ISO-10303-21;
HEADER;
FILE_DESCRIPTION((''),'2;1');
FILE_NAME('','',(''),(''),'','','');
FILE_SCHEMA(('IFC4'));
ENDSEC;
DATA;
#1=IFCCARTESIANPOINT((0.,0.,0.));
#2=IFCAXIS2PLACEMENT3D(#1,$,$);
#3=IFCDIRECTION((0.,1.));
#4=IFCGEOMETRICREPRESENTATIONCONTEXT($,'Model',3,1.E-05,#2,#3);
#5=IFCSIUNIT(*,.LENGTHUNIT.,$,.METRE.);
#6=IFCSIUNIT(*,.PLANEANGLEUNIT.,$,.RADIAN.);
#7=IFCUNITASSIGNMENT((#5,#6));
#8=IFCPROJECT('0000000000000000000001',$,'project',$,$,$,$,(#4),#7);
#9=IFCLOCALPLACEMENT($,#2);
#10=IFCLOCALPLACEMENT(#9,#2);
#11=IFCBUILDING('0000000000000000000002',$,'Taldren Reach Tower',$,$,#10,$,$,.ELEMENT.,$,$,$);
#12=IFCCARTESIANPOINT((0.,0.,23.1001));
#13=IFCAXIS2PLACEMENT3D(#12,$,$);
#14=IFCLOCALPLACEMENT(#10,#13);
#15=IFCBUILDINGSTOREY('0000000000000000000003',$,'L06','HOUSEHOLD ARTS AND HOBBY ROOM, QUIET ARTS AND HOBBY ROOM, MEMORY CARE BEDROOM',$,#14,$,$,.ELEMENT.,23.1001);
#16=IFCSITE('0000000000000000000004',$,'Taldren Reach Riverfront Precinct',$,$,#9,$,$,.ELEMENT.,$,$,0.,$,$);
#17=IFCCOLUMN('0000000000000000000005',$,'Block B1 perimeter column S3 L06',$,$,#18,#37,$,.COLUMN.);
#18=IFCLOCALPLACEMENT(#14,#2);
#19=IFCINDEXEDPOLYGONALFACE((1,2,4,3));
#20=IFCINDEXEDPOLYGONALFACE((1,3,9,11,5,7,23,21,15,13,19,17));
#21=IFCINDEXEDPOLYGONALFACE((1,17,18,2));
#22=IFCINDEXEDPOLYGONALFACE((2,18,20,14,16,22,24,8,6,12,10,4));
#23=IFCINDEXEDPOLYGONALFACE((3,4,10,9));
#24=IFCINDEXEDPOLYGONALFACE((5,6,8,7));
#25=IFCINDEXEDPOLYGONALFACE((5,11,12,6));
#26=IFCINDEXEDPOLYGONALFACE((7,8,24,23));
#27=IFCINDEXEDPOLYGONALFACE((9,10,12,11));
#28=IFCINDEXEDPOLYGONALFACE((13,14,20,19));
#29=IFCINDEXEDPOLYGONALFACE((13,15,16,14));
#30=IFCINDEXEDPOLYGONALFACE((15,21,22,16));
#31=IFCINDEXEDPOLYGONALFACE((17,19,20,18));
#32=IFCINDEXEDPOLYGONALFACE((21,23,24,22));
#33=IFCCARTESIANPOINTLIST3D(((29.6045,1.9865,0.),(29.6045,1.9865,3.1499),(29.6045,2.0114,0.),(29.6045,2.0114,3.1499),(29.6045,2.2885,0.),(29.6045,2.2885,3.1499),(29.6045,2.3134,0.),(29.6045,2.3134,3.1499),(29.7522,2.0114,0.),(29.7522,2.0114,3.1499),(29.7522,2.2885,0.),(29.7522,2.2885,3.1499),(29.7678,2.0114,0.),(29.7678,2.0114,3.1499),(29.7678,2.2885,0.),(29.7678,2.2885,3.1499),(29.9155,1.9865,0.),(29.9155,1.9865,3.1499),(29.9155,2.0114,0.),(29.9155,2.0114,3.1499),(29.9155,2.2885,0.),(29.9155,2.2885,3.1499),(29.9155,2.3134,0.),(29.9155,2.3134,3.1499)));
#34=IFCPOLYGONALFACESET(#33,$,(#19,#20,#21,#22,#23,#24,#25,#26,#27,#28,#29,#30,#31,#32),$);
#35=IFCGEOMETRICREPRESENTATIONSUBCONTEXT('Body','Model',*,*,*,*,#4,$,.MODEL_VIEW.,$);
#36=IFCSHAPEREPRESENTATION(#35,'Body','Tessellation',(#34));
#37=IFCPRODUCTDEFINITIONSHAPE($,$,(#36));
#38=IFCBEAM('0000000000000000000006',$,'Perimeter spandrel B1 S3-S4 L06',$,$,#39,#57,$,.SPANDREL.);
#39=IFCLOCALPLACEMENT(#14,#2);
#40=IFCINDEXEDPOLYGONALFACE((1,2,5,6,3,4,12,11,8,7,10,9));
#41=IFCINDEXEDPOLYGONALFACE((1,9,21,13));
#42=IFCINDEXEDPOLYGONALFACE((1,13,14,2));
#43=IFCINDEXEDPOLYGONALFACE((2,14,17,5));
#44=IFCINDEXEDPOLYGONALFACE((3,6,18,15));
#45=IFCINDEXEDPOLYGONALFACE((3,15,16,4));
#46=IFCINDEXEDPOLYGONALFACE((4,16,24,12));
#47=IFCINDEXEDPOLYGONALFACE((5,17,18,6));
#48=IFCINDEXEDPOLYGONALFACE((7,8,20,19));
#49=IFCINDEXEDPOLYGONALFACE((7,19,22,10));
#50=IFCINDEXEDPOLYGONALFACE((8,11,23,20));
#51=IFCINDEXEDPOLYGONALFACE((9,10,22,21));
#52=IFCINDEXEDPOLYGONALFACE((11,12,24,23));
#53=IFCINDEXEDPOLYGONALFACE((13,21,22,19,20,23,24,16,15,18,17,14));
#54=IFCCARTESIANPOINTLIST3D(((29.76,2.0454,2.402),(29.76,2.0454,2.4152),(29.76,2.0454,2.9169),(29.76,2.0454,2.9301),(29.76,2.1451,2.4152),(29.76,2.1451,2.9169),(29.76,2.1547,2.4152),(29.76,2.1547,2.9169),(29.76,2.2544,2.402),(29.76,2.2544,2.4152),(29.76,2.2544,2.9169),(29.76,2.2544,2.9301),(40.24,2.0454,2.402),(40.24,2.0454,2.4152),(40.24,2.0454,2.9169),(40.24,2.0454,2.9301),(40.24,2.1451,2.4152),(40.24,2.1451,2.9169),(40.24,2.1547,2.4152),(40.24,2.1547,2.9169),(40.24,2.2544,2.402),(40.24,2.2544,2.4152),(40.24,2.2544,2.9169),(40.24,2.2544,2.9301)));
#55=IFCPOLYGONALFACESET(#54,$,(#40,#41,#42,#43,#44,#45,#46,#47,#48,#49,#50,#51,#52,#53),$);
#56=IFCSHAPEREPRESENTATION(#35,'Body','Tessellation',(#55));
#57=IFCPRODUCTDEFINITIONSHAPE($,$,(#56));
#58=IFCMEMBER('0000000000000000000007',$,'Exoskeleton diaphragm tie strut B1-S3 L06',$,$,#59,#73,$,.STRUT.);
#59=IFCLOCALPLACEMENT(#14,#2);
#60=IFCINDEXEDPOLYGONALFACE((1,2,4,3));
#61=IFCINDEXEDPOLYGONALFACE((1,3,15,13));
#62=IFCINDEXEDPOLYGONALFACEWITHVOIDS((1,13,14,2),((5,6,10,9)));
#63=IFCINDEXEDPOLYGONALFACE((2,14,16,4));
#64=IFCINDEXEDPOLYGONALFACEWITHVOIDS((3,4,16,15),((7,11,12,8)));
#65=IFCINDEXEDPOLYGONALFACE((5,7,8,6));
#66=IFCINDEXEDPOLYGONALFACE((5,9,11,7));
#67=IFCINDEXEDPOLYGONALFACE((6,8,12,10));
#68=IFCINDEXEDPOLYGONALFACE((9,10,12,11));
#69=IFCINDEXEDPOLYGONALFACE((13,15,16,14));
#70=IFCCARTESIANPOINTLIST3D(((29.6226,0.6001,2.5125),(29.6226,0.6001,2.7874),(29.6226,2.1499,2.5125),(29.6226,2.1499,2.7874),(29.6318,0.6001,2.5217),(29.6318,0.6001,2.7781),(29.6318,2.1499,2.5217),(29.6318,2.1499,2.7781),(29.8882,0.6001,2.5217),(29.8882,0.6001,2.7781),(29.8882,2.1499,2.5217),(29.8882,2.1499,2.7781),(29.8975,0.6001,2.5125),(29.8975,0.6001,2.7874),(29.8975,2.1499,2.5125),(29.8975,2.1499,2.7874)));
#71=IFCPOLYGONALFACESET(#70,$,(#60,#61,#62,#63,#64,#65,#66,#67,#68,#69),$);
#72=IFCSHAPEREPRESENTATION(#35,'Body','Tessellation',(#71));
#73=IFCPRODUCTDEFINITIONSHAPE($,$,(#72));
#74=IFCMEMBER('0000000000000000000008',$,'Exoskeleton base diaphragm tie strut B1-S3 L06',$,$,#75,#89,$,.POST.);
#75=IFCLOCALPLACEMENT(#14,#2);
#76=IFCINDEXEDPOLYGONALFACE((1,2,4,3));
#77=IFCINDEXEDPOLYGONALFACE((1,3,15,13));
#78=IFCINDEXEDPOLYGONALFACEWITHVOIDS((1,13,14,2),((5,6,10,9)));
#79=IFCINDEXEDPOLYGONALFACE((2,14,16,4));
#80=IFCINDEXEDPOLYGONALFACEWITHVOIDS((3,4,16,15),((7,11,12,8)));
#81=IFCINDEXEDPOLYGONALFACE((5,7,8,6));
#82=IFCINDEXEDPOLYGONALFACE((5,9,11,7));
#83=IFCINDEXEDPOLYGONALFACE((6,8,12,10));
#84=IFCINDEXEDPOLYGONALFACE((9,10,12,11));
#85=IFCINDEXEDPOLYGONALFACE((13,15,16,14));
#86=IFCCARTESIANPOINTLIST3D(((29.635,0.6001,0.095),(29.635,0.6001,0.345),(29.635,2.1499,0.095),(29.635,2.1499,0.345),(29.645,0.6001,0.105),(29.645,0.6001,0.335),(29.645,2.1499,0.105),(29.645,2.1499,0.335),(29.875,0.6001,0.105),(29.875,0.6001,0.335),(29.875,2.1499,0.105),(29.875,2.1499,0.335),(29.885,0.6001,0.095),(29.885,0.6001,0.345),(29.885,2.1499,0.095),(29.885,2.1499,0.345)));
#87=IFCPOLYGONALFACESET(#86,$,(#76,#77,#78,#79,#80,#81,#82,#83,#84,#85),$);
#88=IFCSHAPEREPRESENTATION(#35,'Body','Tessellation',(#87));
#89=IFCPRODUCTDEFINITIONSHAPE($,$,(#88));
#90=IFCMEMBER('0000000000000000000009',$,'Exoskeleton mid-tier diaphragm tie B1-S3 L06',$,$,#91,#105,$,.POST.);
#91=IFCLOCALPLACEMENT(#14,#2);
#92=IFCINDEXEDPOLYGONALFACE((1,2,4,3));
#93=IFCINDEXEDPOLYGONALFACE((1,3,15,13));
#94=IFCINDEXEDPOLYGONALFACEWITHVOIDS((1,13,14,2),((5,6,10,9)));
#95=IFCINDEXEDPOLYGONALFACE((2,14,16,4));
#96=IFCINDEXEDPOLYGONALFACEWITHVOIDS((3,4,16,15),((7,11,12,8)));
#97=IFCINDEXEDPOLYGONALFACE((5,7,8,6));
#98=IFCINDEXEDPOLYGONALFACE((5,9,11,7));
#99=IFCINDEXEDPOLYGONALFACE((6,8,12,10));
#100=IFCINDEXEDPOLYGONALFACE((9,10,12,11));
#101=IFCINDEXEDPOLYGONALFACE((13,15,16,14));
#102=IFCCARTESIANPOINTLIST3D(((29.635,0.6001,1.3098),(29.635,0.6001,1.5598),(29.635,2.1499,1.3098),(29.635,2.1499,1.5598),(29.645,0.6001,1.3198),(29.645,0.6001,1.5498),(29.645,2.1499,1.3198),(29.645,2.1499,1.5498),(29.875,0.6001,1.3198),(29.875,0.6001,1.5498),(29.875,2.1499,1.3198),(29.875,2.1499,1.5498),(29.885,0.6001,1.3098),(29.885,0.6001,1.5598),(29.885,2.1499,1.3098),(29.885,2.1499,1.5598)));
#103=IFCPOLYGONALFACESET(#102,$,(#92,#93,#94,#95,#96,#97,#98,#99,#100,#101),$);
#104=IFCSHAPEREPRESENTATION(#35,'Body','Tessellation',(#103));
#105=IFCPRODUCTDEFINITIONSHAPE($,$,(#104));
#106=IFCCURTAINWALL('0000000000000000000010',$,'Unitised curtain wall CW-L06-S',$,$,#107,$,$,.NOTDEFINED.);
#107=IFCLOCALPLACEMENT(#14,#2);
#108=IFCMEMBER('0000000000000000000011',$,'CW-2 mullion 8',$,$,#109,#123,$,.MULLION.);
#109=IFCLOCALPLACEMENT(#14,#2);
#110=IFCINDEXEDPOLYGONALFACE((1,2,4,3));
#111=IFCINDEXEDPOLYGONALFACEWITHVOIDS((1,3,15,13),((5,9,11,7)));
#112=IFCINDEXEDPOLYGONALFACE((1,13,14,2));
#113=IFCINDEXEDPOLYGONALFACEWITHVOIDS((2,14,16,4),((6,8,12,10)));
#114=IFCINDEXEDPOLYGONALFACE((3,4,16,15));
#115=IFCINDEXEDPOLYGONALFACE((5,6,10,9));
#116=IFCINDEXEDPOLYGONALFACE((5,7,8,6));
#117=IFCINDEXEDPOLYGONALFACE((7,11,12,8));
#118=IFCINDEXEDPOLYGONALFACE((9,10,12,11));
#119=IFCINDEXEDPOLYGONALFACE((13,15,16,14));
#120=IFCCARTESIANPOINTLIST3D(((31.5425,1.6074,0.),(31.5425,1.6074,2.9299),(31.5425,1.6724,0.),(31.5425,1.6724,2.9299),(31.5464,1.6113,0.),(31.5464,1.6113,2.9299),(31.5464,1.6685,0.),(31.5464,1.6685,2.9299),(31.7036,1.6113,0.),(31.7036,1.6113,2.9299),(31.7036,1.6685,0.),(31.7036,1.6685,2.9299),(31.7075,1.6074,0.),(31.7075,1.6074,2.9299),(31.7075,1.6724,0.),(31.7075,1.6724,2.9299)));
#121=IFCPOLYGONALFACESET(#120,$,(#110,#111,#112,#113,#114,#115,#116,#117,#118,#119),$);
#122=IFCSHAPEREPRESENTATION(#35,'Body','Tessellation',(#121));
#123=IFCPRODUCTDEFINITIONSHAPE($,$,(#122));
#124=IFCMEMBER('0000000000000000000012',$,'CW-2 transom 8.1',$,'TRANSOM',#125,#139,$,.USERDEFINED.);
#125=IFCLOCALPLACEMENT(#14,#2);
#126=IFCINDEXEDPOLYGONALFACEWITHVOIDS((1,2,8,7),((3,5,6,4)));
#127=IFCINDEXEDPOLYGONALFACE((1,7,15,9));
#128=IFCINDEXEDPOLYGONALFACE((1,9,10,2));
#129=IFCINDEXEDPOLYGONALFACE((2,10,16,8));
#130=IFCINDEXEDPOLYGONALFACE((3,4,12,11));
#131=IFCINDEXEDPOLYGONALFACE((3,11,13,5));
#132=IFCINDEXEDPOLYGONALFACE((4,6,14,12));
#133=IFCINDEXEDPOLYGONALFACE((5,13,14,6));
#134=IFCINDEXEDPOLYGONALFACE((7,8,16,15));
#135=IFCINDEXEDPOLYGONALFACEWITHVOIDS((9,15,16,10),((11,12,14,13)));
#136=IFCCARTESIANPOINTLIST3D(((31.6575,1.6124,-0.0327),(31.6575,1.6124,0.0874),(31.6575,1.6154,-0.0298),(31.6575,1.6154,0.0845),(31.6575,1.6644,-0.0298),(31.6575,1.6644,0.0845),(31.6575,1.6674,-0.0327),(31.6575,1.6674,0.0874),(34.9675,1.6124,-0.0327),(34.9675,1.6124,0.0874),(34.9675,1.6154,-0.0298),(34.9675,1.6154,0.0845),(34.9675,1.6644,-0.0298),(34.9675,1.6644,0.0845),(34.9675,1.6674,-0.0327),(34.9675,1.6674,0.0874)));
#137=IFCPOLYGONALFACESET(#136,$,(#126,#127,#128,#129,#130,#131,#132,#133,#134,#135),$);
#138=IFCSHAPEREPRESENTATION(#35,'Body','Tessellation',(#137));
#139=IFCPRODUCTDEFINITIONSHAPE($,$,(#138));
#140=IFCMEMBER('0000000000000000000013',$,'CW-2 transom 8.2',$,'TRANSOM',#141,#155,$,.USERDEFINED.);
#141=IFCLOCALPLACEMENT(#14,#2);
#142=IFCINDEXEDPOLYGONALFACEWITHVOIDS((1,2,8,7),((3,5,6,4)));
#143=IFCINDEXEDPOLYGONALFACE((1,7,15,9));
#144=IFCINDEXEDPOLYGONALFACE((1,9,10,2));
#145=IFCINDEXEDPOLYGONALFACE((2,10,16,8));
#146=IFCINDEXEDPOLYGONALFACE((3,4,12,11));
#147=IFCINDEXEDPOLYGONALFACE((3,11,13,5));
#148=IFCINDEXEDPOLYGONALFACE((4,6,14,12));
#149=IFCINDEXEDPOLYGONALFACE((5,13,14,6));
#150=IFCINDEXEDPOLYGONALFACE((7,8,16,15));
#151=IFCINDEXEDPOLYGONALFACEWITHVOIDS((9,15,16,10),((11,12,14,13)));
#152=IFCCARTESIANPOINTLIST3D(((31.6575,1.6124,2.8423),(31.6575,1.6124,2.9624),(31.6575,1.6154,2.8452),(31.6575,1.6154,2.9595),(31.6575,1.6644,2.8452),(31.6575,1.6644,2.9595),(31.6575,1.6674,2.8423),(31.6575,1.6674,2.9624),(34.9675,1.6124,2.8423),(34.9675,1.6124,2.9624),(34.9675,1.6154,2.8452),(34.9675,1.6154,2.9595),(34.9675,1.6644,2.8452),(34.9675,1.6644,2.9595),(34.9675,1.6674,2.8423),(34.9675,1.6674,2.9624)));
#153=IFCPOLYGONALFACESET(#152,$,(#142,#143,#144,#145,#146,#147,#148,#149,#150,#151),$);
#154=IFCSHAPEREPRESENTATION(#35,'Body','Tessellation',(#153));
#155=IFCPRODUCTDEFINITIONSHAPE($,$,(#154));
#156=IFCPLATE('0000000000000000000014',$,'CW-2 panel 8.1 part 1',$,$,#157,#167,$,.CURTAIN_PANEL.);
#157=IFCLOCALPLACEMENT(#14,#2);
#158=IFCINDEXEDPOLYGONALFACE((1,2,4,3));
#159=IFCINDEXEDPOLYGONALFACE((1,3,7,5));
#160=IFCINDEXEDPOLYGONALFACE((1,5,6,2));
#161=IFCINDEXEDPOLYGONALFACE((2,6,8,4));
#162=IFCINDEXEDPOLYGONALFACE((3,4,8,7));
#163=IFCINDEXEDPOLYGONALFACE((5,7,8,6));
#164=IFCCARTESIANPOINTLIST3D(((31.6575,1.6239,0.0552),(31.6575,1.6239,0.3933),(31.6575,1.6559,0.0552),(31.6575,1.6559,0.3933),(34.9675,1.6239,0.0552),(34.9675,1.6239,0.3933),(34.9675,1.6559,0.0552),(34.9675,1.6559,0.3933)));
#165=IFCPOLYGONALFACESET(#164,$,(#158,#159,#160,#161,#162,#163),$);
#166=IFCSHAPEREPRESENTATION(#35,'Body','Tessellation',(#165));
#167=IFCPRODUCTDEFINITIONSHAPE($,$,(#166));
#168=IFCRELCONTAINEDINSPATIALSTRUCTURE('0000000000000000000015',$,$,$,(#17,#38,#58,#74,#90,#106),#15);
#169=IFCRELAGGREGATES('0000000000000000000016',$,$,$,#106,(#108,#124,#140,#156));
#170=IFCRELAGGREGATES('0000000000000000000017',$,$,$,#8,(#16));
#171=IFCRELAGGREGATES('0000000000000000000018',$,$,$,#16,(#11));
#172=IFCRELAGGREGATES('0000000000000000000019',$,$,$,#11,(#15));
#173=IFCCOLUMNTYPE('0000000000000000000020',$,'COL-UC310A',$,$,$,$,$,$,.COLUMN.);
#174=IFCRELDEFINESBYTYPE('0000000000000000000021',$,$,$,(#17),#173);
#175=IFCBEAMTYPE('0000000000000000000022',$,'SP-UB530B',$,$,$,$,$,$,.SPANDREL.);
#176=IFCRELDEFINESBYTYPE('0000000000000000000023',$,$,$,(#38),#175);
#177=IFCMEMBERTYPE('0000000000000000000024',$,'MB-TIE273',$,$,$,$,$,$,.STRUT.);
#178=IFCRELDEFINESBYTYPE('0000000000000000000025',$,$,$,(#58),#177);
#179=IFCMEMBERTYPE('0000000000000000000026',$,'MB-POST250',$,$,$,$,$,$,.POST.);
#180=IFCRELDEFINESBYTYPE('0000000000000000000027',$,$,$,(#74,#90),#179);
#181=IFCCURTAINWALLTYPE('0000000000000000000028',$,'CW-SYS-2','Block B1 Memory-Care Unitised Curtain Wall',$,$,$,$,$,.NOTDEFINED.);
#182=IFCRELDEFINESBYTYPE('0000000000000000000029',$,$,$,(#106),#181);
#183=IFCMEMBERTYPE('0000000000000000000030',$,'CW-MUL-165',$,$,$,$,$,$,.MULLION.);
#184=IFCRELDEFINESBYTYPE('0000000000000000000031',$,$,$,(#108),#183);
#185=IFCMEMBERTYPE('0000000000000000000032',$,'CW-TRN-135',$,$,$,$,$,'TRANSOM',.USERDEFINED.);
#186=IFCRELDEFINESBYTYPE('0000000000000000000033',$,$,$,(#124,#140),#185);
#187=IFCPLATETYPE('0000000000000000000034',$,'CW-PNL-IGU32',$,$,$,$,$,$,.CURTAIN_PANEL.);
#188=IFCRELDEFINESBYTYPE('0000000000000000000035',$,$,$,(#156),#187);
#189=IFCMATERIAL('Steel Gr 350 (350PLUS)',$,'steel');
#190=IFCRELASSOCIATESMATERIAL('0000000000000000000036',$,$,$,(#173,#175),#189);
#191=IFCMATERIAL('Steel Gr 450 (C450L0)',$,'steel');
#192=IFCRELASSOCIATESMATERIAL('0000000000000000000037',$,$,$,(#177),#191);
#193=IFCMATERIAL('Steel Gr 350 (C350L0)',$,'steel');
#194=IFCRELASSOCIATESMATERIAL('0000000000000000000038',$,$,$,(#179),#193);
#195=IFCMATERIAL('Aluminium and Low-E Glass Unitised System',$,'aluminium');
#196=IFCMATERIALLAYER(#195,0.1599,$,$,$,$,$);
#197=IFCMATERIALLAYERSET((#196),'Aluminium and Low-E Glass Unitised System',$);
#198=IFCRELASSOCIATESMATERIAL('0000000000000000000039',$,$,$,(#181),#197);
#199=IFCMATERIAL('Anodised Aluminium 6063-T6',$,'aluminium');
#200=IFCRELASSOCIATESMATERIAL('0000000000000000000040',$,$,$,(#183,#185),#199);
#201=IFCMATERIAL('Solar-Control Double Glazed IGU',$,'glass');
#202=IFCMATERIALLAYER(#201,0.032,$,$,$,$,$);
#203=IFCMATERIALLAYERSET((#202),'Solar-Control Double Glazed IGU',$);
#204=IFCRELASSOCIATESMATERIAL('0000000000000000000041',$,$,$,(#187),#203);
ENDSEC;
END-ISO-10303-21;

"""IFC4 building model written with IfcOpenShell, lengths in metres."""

from ifc_helpers import new_model, si_unit, direction, frame, origin, origin_2d, place, context, subcontext, project, spatial, rectangle, hollow_rectangle, i_section, extrude, source, transform, mapped, material, layer, layer_set, material_profile, profile_set, type_object, element, aggregate, save


model = new_model("IFC4")

# Units and contexts
model_context = context("Model", 3, precision=1e-05, world=origin(), true_north=direction((0.0, 1.0)))
body_context = subcontext(model_context, "Body", "Model", "MODEL_VIEW")
ifc_project = project(units=[si_unit("LENGTHUNIT", "METRE"), si_unit("PLANEANGLEUNIT", "RADIAN")], contexts=[model_context])

# Site, building, storey
site_placement = place(None, origin())
site = spatial("IfcSite", under=ifc_project, at=site_placement, Name="Taldren Reach Riverfront Precinct", CompositionType="ELEMENT", RefElevation=0.0)
building_placement = place(site_placement, origin())
building = spatial("IfcBuilding", under=site, at=building_placement, Name="Taldren Reach Tower", CompositionType="ELEMENT")
storey_placement = place(building_placement, frame((0.0, 0.0, 23.1001)))
storey = spatial("IfcBuildingStorey", under=building, at=storey_placement, Name="L06", Description="HOUSEHOLD ARTS AND HOBBY ROOM, QUIET ARTS AND HOBBY ROOM, MEMORY CARE BEDROOM", CompositionType="ELEMENT", Elevation=23.1001)

# Column
ifc_material_1 = material(Name="Steel Gr 350 (350PLUS)", Category="steel")
ifc_material_profile_1 = material_profile(ifc_material_1, i_section(OverallWidth=0.311, OverallDepth=0.3269, WebThickness=0.0156, FlangeThickness=0.0249, at=origin_2d()), Name="310UC158")
ifc_profile_set_1 = profile_set([ifc_material_profile_1], Name="Steel Gr 350 (350PLUS)")
column_type = type_object("IfcColumnType", Name="COL-UC310A", PredefinedType="COLUMN", material=ifc_profile_set_1)
shared_shape_1 = source(origin(), body_context, "Body", "SweptSolid", [
    extrude(i_section(OverallWidth=0.311, OverallDepth=0.3269, WebThickness=0.0156, FlangeThickness=0.0249, at=origin_2d()), origin(), (0.0, 0.0, 1.0), 3.1499),
])
column_placement = place(storey_placement, frame((29.76, 2.1499, 0.0), z_axis=(0.0, 0.0, 1.0), x_axis=(1.0, 0.0, 0.0)))
element("IfcColumn", 1, at=column_placement, inside=storey, type_object=column_type, Name="Block B1 perimeter column S3 L06", PredefinedType="COLUMN", context=body_context, shape_type="MappedRepresentation", body=[
    mapped(shared_shape_1, transform((0.0, 0.0, 0.0), scale=1.0)),
])

# Beam
ifc_material_profile_2 = material_profile(ifc_material_1, i_section(OverallWidth=0.209, OverallDepth=0.5281, WebThickness=0.0095, FlangeThickness=0.0132, at=origin_2d()), Name="530UB82.0")
ifc_profile_set_2 = profile_set([ifc_material_profile_2], Name="Steel Gr 350 (350PLUS)")
beam_type = type_object("IfcBeamType", Name="SP-UB530B", PredefinedType="SPANDREL", material=ifc_profile_set_2)
shared_shape_2 = source(origin(), body_context, "Body", "SweptSolid", [
    extrude(i_section(OverallWidth=0.209, OverallDepth=0.5281, WebThickness=0.0095, FlangeThickness=0.0132, at=origin_2d()), origin(), (0.0, 0.0, 1.0), 10.48),
])
beam_placement = place(storey_placement, frame((29.76, 2.1499, 2.666), z_axis=(1.0, 0.0, 0.0), x_axis=(0.0, 1.0, 0.0)))
element("IfcBeam", 2, at=beam_placement, inside=storey, type_object=beam_type, Name="Perimeter spandrel B1 S3-S4 L06", PredefinedType="SPANDREL", context=body_context, shape_type="MappedRepresentation", body=[
    mapped(shared_shape_2, transform((0.0, 0.0, 0.0), scale=1.0)),
])

# Members
ifc_material_2 = material(Name="Steel Gr 450 (C450L0)", Category="steel")
ifc_material_profile_3 = material_profile(ifc_material_2, hollow_rectangle(XDim=0.2749, YDim=0.2749, WallThickness=0.0093, at=origin_2d()), Name="275x275x9.3SHS")
ifc_profile_set_3 = profile_set([ifc_material_profile_3], Name="Steel Gr 450 (C450L0)")
member_type_1 = type_object("IfcMemberType", Name="MB-TIE273", PredefinedType="STRUT", material=ifc_profile_set_3)
shared_shape_3 = source(origin(), body_context, "Body", "SweptSolid", [
    extrude(hollow_rectangle(XDim=0.2749, YDim=0.2749, WallThickness=0.0093, at=origin_2d()), origin(), (0.0, 0.0, 1.0), 1.5498),
])
member_1_placement = place(storey_placement, frame((29.76, 2.1499, 2.6499), z_axis=(0.0, -1.0, 0.0), x_axis=(1.0, 0.0, 0.0)))
element("IfcMember", 3, at=member_1_placement, inside=storey, type_object=member_type_1, Name="Exoskeleton diaphragm tie strut B1-S3 L06", PredefinedType="STRUT", context=body_context, shape_type="MappedRepresentation", body=[
    mapped(shared_shape_3, transform((0.0, 0.0, 0.0), scale=1.0)),
])
ifc_material_3 = material(Name="Steel Gr 350 (C350L0)", Category="steel")
ifc_material_profile_4 = material_profile(ifc_material_3, hollow_rectangle(XDim=0.25, YDim=0.25, WallThickness=0.01, at=origin_2d()), Name="250x250x10.0SHS")
ifc_profile_set_4 = profile_set([ifc_material_profile_4], Name="Steel Gr 350 (C350L0)")
member_type_2 = type_object("IfcMemberType", Name="MB-POST250", PredefinedType="POST", material=ifc_profile_set_4)
shared_shape_4 = source(origin(), body_context, "Body", "SweptSolid", [
    extrude(hollow_rectangle(XDim=0.25, YDim=0.25, WallThickness=0.01, at=origin_2d()), origin(), (0.0, 0.0, 1.0), 1.5498),
])
for number, where, z_axis, x_axis, name in (
    (4, (29.76, 2.1499, 0.22), (0.0, -1.0, 0.0), (1.0, 0.0, 0.0), "Exoskeleton base diaphragm tie strut B1-S3 L06"),
    (5, (29.76, 2.1499, 1.4348), (0.0, -1.0, 0.0), (1.0, 0.0, 0.0), "Exoskeleton mid-tier diaphragm tie B1-S3 L06"),
):
    element("IfcMember", number, at=place(storey_placement, frame(where, z_axis=z_axis, x_axis=x_axis)), inside=storey, type_object=member_type_2, Name=name, PredefinedType="POST", context=body_context, shape_type="MappedRepresentation", body=[
        mapped(shared_shape_4, transform((0.0, 0.0, 0.0), scale=1.0)),
    ])

# Curtain wall, members, plate
ifc_material_4 = material(Name="Aluminium and Low-E Glass Unitised System", Category="aluminium")
ifc_layer_1 = layer(ifc_material_4, 0.1599)
ifc_layer_set_1 = layer_set([ifc_layer_1], Name="Aluminium and Low-E Glass Unitised System")
curtain_wall_type = type_object("IfcCurtainWallType", Name="CW-SYS-2", Description="Block B1 Memory-Care Unitised Curtain Wall", PredefinedType="NOTDEFINED", material=ifc_layer_set_1)
curtain_wall_placement = place(storey_placement, origin())
curtain_wall = element("IfcCurtainWall", 6, at=curtain_wall_placement, inside=storey, type_object=curtain_wall_type, Name="Unitised curtain wall CW-L06-S", PredefinedType="NOTDEFINED")
ifc_material_5 = material(Name="Anodised Aluminium 6063-T6", Category="aluminium")
ifc_material_profile_5 = material_profile(ifc_material_5, hollow_rectangle(XDim=0.0649, YDim=0.165, WallThickness=0.0039, at=origin_2d()), Name="ALU-165x65x4RHS")
ifc_profile_set_5 = profile_set([ifc_material_profile_5], Name="Anodised Aluminium 6063-T6")
member_type_3 = type_object("IfcMemberType", Name="CW-MUL-165", PredefinedType="MULLION", material=ifc_profile_set_5)
shared_shape_5 = source(origin(), body_context, "Body", "SweptSolid", [
    extrude(hollow_rectangle(XDim=0.0649, YDim=0.165, WallThickness=0.0039, at=origin_2d()), origin(), (0.0, 0.0, 1.0), 2.9299),
])
member_2_placement = place(storey_placement, frame((31.625, 1.6399, 0.0), z_axis=(0.0, 0.0, 1.0), x_axis=(0.0, 1.0, 0.0)))
member_2 = element("IfcMember", 7, at=member_2_placement, type_object=member_type_3, Name="CW-2 mullion 8", PredefinedType="MULLION", context=body_context, shape_type="MappedRepresentation", body=[
    mapped(shared_shape_5, transform((0.0, 0.0, 0.0), scale=1.0)),
])
ifc_material_profile_6 = material_profile(ifc_material_5, hollow_rectangle(XDim=0.0549, YDim=0.1201, WallThickness=0.0029, at=origin_2d()), Name="ALU-120x55x3RHS")
ifc_profile_set_6 = profile_set([ifc_material_profile_6], Name="Anodised Aluminium 6063-T6")
member_type_4 = type_object("IfcMemberType", Name="CW-TRN-135", ElementType="TRANSOM", PredefinedType="USERDEFINED", material=ifc_profile_set_6)
shared_shape_6 = source(origin(), body_context, "Body", "SweptSolid", [
    extrude(hollow_rectangle(XDim=0.0549, YDim=0.1201, WallThickness=0.0029, at=origin_2d()), origin(), (0.0, 0.0, 1.0), 3.3101),
])
member_3_placement = place(storey_placement, frame((31.6575, 1.6399, 0.0273), z_axis=(1.0, 0.0, 0.0), x_axis=(0.0, 1.0, 0.0)))
member_3 = element("IfcMember", 8, at=member_3_placement, type_object=member_type_4, Name="CW-2 transom 8.1", ObjectType="TRANSOM", PredefinedType="USERDEFINED", context=body_context, shape_type="MappedRepresentation", body=[
    mapped(shared_shape_6, transform((0.0, 0.0, 0.0), scale=1.0)),
])
member_4_placement = place(storey_placement, frame((31.6575, 1.6399, 2.9023), z_axis=(1.0, 0.0, 0.0), x_axis=(0.0, 1.0, 0.0)))
member_4 = element("IfcMember", 9, at=member_4_placement, type_object=member_type_4, Name="CW-2 transom 8.2", ObjectType="TRANSOM", PredefinedType="USERDEFINED", context=body_context, shape_type="MappedRepresentation", body=[
    mapped(shared_shape_6, transform((0.0, 0.0, 0.0), scale=1.0)),
])
ifc_material_6 = material(Name="Solar-Control Double Glazed IGU", Category="glass")
ifc_layer_2 = layer(ifc_material_6, 0.032)
ifc_layer_set_2 = layer_set([ifc_layer_2], Name="Solar-Control Double Glazed IGU")
plate_type = type_object("IfcPlateType", Name="CW-PNL-IGU32", PredefinedType="CURTAIN_PANEL", material=ifc_layer_set_2)
shared_shape_7 = source(origin(), body_context, "Body", "SweptSolid", [
    extrude(rectangle(XDim=3.3101, YDim=0.032, at=origin_2d()), origin(), (0.0, 0.0, 1.0), 0.3381),
])
plate_1_placement = place(storey_placement, frame((33.3125, 1.6399, 0.0552), z_axis=(0.0, 0.0, 1.0), x_axis=(1.0, 0.0, 0.0)))
plate_1 = element("IfcPlate", 10, at=plate_1_placement, type_object=plate_type, Name="CW-2 panel 8.1 part 1", PredefinedType="CURTAIN_PANEL", context=body_context, shape_type="MappedRepresentation", body=[
    mapped(shared_shape_7, transform((0.0, 0.0, 0.0), scale=1.0)),
])
aggregate(curtain_wall, [member_2, member_3, member_4, plate_1])

save(model, "model.ifc")
